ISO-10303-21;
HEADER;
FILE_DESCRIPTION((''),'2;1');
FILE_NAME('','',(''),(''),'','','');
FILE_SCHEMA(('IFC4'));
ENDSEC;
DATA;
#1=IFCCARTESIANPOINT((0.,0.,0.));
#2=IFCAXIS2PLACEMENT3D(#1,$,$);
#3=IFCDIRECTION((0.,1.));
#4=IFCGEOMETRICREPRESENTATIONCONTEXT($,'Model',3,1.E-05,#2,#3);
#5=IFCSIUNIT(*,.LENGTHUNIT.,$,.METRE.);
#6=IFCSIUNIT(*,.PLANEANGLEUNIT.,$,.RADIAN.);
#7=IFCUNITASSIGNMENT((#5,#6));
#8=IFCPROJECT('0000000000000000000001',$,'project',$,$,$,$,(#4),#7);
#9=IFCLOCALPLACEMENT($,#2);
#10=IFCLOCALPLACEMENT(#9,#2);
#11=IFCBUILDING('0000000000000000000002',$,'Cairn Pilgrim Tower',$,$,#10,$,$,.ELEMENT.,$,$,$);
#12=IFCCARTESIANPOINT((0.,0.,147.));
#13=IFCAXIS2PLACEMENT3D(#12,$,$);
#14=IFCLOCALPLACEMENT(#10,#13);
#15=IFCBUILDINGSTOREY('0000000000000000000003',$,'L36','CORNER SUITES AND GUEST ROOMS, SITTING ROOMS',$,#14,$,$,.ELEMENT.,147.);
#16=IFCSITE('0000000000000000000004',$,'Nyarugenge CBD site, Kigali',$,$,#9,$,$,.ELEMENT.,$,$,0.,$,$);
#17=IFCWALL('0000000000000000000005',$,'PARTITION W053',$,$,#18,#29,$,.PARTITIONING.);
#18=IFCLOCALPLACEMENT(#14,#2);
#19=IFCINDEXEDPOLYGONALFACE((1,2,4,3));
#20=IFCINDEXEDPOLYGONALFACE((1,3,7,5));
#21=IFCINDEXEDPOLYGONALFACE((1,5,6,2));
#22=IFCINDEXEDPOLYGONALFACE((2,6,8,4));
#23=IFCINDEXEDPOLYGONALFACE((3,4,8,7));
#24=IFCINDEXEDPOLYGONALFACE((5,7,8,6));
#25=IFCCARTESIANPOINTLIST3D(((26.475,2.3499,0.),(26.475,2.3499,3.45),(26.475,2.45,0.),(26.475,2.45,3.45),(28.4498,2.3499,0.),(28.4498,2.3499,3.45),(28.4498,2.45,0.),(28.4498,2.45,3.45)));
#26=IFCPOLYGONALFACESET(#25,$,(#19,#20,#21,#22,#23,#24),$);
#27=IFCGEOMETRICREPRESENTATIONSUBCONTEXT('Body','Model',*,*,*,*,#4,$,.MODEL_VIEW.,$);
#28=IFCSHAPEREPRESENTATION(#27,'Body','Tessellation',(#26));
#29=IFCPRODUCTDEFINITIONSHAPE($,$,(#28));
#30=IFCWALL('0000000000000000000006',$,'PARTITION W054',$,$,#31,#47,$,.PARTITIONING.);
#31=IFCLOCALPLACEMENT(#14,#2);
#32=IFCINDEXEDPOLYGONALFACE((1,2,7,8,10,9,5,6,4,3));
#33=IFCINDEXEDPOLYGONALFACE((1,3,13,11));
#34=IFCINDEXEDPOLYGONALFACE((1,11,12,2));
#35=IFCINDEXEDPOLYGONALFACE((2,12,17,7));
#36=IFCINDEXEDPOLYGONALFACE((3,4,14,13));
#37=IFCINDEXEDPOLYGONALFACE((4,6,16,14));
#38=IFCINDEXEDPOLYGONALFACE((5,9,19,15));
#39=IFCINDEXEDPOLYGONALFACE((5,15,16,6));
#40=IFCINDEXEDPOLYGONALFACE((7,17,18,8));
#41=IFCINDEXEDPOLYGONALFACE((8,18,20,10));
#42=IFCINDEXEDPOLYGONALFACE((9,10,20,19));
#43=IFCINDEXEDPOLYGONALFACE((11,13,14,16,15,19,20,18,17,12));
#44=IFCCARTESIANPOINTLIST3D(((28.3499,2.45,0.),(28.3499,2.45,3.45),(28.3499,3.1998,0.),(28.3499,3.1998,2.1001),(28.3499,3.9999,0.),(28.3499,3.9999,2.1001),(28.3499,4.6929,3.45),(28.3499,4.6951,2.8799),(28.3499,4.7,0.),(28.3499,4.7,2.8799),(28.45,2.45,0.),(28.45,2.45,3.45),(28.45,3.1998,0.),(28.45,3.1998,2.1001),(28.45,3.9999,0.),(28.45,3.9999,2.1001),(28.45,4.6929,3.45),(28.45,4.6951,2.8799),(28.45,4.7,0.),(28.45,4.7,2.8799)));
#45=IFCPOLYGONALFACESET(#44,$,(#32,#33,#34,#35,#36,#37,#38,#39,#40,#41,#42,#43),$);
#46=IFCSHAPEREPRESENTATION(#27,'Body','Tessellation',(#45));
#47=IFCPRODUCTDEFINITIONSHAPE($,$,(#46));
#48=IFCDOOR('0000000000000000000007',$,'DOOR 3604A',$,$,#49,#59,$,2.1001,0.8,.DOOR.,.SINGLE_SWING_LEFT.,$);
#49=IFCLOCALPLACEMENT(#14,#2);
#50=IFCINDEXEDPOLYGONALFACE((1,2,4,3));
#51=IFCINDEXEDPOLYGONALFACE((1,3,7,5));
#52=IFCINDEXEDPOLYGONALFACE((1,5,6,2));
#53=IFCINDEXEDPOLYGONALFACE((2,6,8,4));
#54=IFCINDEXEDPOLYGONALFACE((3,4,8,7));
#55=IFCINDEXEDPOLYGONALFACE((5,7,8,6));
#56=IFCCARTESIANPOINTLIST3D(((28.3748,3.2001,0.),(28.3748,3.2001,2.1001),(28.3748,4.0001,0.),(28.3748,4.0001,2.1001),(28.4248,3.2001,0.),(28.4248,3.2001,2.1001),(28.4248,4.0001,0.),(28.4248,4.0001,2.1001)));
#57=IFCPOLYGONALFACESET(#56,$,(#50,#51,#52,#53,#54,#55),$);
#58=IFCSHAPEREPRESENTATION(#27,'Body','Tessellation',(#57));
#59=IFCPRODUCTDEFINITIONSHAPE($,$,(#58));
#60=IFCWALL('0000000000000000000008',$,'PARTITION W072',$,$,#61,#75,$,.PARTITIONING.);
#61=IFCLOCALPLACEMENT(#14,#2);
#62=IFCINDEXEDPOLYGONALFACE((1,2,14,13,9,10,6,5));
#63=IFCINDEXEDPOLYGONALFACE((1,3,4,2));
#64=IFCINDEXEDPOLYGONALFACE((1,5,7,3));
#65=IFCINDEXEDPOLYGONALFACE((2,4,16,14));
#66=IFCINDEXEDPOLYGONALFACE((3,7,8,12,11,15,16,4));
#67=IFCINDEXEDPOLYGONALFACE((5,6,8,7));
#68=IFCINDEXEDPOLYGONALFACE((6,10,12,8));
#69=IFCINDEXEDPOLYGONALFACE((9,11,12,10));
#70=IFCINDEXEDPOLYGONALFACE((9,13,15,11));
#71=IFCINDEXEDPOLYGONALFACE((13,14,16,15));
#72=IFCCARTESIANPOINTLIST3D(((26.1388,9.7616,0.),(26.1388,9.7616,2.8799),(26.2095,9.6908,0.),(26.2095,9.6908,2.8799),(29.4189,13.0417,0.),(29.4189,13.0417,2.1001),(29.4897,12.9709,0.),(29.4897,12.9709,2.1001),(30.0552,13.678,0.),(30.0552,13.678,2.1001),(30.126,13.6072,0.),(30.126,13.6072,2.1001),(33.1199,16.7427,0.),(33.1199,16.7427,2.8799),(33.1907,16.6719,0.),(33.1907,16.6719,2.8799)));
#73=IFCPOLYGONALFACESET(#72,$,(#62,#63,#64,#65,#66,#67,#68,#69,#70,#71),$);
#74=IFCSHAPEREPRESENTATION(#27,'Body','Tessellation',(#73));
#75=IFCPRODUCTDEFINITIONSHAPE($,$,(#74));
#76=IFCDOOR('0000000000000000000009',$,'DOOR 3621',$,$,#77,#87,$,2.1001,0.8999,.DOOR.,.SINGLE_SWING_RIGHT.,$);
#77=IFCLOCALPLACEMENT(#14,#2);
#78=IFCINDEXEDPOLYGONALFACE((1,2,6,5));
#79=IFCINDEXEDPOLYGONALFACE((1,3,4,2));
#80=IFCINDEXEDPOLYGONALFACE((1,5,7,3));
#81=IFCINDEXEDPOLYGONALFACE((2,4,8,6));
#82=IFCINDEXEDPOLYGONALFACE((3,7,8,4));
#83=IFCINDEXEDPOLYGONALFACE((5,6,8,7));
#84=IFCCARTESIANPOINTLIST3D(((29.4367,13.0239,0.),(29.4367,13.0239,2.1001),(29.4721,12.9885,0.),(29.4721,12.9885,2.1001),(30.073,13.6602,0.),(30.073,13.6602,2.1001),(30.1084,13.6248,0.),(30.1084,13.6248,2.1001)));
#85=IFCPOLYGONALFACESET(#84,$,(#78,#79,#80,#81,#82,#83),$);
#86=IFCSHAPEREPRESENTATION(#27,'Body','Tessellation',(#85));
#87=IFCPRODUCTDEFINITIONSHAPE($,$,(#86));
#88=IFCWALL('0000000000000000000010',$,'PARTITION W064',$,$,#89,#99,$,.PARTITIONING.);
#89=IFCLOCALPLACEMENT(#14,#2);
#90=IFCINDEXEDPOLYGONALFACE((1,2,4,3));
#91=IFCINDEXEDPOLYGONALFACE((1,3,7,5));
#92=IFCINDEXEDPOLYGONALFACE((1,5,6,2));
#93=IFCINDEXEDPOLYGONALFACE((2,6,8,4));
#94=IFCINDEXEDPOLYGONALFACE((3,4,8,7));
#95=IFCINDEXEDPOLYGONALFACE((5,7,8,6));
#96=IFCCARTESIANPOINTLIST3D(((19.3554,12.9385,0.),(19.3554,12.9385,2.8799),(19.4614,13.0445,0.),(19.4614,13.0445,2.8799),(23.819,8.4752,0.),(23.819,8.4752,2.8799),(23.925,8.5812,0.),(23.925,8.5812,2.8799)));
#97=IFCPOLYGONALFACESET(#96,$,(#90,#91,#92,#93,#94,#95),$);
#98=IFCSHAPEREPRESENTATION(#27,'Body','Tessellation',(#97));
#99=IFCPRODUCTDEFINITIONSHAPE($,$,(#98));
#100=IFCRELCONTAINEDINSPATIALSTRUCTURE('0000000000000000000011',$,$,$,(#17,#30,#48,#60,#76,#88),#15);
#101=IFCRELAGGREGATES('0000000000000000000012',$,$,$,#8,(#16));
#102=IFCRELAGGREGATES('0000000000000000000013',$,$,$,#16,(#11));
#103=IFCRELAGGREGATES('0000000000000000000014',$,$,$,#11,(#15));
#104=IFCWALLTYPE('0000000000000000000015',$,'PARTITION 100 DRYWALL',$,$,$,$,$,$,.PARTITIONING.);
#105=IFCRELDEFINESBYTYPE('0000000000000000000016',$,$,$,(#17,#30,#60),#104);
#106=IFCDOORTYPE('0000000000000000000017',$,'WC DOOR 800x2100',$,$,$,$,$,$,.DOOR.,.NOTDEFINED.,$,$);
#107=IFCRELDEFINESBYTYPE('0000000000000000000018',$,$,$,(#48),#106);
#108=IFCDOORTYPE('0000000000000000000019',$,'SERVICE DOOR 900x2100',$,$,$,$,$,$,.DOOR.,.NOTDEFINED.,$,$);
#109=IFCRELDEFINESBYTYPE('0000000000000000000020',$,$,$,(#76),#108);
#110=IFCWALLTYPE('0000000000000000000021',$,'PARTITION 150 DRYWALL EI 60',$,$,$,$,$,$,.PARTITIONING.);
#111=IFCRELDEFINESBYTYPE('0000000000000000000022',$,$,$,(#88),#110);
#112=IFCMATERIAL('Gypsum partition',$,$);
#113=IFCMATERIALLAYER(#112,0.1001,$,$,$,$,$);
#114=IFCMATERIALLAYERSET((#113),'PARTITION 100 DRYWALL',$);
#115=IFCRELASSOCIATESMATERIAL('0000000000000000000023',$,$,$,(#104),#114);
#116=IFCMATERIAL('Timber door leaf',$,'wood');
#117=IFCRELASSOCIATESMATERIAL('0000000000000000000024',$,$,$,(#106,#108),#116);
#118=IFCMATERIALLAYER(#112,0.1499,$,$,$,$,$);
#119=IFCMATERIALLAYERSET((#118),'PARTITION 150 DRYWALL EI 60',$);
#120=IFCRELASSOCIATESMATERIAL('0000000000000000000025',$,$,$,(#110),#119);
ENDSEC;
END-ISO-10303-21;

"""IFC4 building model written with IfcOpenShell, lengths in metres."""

from ifc_helpers import new_model, si_unit, direction, frame, frame_2d, origin, place, context, subcontext, project, spatial, polyline, rectangle, outline, extrude, material, layer, layer_set, type_object, element, fill, save


model = new_model("IFC4")

# Units and contexts
model_context = context("Model", 3, precision=1e-05, world=origin(), true_north=direction((0.0, 1.0)))
body_context = subcontext(model_context, "Body", "Model", "MODEL_VIEW")
ifc_project = project(units=[si_unit("LENGTHUNIT", "METRE"), si_unit("PLANEANGLEUNIT", "RADIAN")], contexts=[model_context])

# Site, building, storey
site_placement = place(None, origin())
site = spatial("IfcSite", under=ifc_project, at=site_placement, Name="Nyarugenge CBD site, Kigali", CompositionType="ELEMENT", RefElevation=0.0)
building_placement = place(site_placement, origin())
building = spatial("IfcBuilding", under=site, at=building_placement, Name="Cairn Pilgrim Tower", CompositionType="ELEMENT")
storey_placement = place(building_placement, frame((0.0, 0.0, 147.0)))
storey = spatial("IfcBuildingStorey", under=building, at=storey_placement, Name="L36", Description="CORNER SUITES AND GUEST ROOMS, SITTING ROOMS", CompositionType="ELEMENT", Elevation=147.0)

# Wall
ifc_material_1 = material(Name="Gypsum partition")
ifc_layer_1 = layer(ifc_material_1, 0.1001)
ifc_layer_set_1 = layer_set([ifc_layer_1], Name="PARTITION 100 DRYWALL")
wall_type_1 = type_object("IfcWallType", Name="PARTITION 100 DRYWALL", PredefinedType="PARTITIONING", material=ifc_layer_set_1)
wall_1_placement = place(storey_placement, frame((26.4751, 2.3999, 0.0), z_axis=(0.0, 0.0, 1.0), x_axis=(1.0, 0.0, 0.0)))
element("IfcWall", 1, at=wall_1_placement, inside=storey, type_object=wall_type_1, Name="PARTITION W053", PredefinedType="PARTITIONING", context=body_context, shape_type="SweptSolid", body=[
    extrude(rectangle(XDim=1.9749, YDim=0.1001, at=frame_2d((0.9873, 0.0))), origin(), (0.0, 0.0, 1.0), 3.45),
])

# Walls, openings, doors
wall_2_placement = place(storey_placement, frame((28.3999, 2.45, 0.0), z_axis=(0.0, 0.0, 1.0), x_axis=(0.0, 1.0, 0.0)))
wall_2 = element("IfcWall", 2, at=wall_2_placement, inside=storey, type_object=wall_type_1, Name="PARTITION W054", PredefinedType="PARTITIONING", context=body_context, shape_type="SweptSolid", body=[
    extrude(outline(polyline([(0.0, 0.0), (2.25, 0.0), (2.25, 2.8799), (2.2451, 2.8799), (2.2429, 3.45), (0.0, 3.45), (0.0, 0.0)])), frame((0.0, 0.05, 0.0), z_axis=(0.0, -1.0, 0.0), x_axis=(1.0, 0.0, 0.0)), (0.0, 0.0, 1.0), 0.1001),
])
opening_1_placement = place(wall_2_placement, frame((0.75, 0.0, 0.0)))
opening_1 = element("IfcOpeningElement", 3, at=opening_1_placement, cuts=wall_2, PredefinedType="OPENING", context=body_context, shape_type="SweptSolid", body=[
    extrude(rectangle(XDim=0.8, YDim=2.1001, at=frame_2d((0.3999, 1.05))), frame((0.0, 0.0601, 0.0), z_axis=(0.0, -1.0, 0.0), x_axis=(1.0, 0.0, 0.0)), (0.0, 0.0, 1.0), 0.1201),
])
ifc_material_2 = material(Name="Timber door leaf", Category="wood")
door_type_1 = type_object("IfcDoorType", Name="WC DOOR 800x2100", OperationType="NOTDEFINED", PredefinedType="DOOR", material=ifc_material_2)
door_1_placement = place(opening_1_placement, frame((0.8, 0.0, 0.0), z_axis=(0.0, 0.0, 1.0), x_axis=(-1.0, 0.0, 0.0)))
door_1 = element("IfcDoor", 4, at=door_1_placement, inside=storey, type_object=door_type_1, Name="DOOR 3604A", OperationType="SINGLE_SWING_LEFT", OverallHeight=2.1001, OverallWidth=0.8, PredefinedType="DOOR", context=body_context, shape_type="SweptSolid", body=[
    extrude(rectangle(XDim=0.8, YDim=2.1001, at=frame_2d((0.3999, 1.05))), frame((0.0, 0.0249, 0.0), z_axis=(0.0, -1.0, 0.0), x_axis=(1.0, 0.0, 0.0)), (0.0, 0.0, 1.0), 0.05),
])
fill(opening_1, door_1)
wall_3_placement = place(storey_placement, frame((26.1741, 9.7261, 0.0), z_axis=(0.0, 0.0, 1.0), x_axis=(0.707107, 0.707107, 0.0)))
wall_3 = element("IfcWall", 5, at=wall_3_placement, inside=storey, type_object=wall_type_1, Name="PARTITION W072", PredefinedType="PARTITIONING", context=body_context, shape_type="SweptSolid", body=[
    extrude(rectangle(XDim=9.8728, YDim=0.1001, at=frame_2d((4.9365, 0.0))), origin(), (0.0, 0.0, 1.0), 2.8799),
])
opening_2_placement = place(wall_3_placement, frame((4.6389, 0.0, 0.0)))
opening_2 = element("IfcOpeningElement", 6, at=opening_2_placement, cuts=wall_3, PredefinedType="OPENING", context=body_context, shape_type="SweptSolid", body=[
    extrude(rectangle(XDim=0.8999, YDim=2.1001, at=frame_2d((0.45, 1.05))), frame((0.0, 0.0601, 0.0), z_axis=(0.0, -1.0, 0.0), x_axis=(1.0, 0.0, 0.0)), (0.0, 0.0, 1.0), 0.1201),
])
door_type_2 = type_object("IfcDoorType", Name="SERVICE DOOR 900x2100", OperationType="NOTDEFINED", PredefinedType="DOOR", material=ifc_material_2)
door_2_placement = place(opening_2_placement, origin())
door_2 = element("IfcDoor", 7, at=door_2_placement, inside=storey, type_object=door_type_2, Name="DOOR 3621", OperationType="SINGLE_SWING_RIGHT", OverallHeight=2.1001, OverallWidth=0.8999, PredefinedType="DOOR", context=body_context, shape_type="SweptSolid", body=[
    extrude(rectangle(XDim=0.8999, YDim=2.1001, at=frame_2d((0.45, 1.05))), frame((0.0, 0.0249, 0.0), z_axis=(0.0, -1.0, 0.0), x_axis=(1.0, 0.0, 0.0)), (0.0, 0.0, 1.0), 0.05),
])
fill(opening_2, door_2)

# Wall
ifc_layer_2 = layer(ifc_material_1, 0.1499)
ifc_layer_set_2 = layer_set([ifc_layer_2], Name="PARTITION 150 DRYWALL EI 60")
wall_type_2 = type_object("IfcWallType", Name="PARTITION 150 DRYWALL EI 60", PredefinedType="PARTITIONING", material=ifc_layer_set_2)
wall_4_placement = place(storey_placement, frame((23.8721, 8.5281, 0.0), z_axis=(0.0, 0.0, 1.0), x_axis=(-0.707126, 0.707087, 0.0)))
element("IfcWall", 8, at=wall_4_placement, inside=storey, type_object=wall_type_2, Name="PARTITION W064", PredefinedType="PARTITIONING", context=body_context, shape_type="SweptSolid", body=[
    extrude(rectangle(XDim=6.3123, YDim=0.1499, at=frame_2d((3.1562, 0.0))), origin(), (0.0, 0.0, 1.0), 2.8799),
])

save(model, "model.ifc")
